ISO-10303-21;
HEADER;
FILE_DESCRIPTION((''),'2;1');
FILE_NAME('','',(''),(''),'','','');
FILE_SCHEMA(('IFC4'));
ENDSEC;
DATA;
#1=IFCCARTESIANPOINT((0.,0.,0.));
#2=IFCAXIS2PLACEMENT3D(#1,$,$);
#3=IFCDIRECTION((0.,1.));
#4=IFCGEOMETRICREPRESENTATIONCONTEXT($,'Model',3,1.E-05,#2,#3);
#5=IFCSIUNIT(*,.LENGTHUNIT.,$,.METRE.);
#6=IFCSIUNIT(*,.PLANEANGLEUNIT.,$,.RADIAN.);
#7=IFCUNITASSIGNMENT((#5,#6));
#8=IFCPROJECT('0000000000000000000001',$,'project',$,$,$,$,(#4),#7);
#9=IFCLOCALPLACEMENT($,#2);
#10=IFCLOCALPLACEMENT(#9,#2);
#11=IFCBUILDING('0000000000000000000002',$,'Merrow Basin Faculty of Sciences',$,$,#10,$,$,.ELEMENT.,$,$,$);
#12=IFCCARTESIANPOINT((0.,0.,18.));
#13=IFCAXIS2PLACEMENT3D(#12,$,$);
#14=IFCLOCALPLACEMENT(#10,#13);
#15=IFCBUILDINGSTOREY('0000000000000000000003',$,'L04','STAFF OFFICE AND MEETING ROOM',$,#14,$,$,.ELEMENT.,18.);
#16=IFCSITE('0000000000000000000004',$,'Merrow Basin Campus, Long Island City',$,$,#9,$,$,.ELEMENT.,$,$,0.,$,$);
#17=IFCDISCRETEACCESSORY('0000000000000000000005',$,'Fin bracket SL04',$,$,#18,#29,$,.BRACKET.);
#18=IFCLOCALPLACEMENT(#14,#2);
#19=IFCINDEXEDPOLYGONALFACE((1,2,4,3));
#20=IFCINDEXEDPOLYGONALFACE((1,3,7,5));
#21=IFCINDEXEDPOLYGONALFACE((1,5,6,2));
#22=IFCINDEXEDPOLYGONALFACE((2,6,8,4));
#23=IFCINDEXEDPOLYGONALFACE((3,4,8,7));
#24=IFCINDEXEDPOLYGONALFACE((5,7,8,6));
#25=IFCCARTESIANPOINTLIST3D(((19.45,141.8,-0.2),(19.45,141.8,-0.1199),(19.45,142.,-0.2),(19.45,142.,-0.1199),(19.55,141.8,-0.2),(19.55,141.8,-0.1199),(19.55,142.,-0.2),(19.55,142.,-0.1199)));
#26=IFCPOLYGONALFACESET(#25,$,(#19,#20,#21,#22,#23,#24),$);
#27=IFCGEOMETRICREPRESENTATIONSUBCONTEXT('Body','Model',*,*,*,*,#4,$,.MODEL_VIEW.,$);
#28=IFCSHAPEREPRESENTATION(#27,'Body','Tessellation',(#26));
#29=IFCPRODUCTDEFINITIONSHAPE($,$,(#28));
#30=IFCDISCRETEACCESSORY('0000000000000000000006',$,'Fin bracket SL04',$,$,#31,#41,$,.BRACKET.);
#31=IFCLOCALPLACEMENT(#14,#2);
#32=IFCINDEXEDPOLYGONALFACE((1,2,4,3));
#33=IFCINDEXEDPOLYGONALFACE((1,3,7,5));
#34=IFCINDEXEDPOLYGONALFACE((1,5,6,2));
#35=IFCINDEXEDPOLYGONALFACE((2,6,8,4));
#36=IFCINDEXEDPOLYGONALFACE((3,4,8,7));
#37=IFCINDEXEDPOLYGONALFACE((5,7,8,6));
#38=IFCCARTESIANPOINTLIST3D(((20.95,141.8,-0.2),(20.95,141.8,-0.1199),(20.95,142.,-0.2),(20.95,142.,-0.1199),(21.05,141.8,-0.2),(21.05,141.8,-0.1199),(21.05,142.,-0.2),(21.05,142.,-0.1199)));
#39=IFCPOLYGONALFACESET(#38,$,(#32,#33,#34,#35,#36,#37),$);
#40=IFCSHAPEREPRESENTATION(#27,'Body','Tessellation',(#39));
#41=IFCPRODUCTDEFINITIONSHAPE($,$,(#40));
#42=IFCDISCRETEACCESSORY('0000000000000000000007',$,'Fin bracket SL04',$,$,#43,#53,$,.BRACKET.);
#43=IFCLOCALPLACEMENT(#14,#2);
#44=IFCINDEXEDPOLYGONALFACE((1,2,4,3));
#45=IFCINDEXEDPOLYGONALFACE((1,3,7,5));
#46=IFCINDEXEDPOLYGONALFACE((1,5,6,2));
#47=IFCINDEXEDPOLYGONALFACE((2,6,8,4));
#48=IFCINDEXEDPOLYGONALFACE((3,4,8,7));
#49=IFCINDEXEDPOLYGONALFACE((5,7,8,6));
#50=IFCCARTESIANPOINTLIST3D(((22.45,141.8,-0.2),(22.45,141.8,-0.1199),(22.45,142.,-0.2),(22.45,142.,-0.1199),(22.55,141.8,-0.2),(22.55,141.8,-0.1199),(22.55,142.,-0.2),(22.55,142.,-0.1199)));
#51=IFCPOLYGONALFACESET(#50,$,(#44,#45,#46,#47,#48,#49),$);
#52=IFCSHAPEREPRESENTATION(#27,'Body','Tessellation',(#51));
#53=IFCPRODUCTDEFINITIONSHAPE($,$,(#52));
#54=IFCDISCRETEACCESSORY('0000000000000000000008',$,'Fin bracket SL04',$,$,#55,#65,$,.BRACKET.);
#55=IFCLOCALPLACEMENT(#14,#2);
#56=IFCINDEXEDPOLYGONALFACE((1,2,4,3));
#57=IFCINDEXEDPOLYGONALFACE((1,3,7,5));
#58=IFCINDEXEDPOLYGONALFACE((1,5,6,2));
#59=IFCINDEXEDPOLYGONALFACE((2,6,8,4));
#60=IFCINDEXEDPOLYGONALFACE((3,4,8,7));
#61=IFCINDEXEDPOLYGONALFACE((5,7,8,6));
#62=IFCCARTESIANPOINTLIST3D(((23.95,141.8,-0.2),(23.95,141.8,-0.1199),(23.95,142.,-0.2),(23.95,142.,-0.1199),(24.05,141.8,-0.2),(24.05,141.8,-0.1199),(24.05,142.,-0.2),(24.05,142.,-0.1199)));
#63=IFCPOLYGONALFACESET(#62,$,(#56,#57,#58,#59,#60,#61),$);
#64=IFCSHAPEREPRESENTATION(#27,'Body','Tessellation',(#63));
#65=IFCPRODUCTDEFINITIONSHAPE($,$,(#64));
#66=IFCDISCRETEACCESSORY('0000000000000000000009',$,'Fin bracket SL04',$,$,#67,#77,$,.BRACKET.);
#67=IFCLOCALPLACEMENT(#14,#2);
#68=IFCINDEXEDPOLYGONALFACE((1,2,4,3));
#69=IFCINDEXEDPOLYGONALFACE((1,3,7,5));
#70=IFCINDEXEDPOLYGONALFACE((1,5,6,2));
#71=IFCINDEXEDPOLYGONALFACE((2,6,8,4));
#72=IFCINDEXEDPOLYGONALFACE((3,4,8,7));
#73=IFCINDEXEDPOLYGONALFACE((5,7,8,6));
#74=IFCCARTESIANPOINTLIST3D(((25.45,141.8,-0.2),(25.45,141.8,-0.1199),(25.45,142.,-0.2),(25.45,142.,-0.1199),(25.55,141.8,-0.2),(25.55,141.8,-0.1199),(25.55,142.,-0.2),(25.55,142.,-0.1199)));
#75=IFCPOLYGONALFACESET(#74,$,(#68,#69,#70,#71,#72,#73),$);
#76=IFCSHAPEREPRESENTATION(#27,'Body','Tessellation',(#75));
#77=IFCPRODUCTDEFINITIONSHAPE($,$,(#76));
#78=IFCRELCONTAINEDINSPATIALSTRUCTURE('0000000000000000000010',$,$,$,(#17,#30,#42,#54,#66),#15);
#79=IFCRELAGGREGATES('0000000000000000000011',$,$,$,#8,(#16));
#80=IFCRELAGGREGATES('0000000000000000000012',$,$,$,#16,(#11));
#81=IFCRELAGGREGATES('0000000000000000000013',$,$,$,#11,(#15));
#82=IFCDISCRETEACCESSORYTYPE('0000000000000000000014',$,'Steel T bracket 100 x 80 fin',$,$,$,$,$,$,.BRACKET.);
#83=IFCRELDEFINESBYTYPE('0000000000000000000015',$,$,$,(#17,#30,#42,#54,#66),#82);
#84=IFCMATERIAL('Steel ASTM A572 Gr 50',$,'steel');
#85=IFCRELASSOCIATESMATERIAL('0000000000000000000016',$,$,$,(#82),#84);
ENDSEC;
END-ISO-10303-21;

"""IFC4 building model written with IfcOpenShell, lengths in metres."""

from ifc_helpers import new_model, si_unit, direction, frame, origin, place, context, subcontext, project, spatial, polyline, outline, extrude, source, transform, mapped, material, type_object, element, save


model = new_model("IFC4")

# Units and contexts
model_context = context("Model", 3, precision=1e-05, world=origin(), true_north=direction((0.0, 1.0)))
body_context = subcontext(model_context, "Body", "Model", "MODEL_VIEW")
ifc_project = project(units=[si_unit("LENGTHUNIT", "METRE"), si_unit("PLANEANGLEUNIT", "RADIAN")], contexts=[model_context])

# Site, building, storey
site_placement = place(None, origin())
site = spatial("IfcSite", under=ifc_project, at=site_placement, Name="Merrow Basin Campus, Long Island City", CompositionType="ELEMENT", RefElevation=0.0)
building_placement = place(site_placement, origin())
building = spatial("IfcBuilding", under=site, at=building_placement, Name="Merrow Basin Faculty of Sciences", CompositionType="ELEMENT")
storey_placement = place(building_placement, frame((0.0, 0.0, 18.0)))
storey = spatial("IfcBuildingStorey", under=building, at=storey_placement, Name="L04", Description="STAFF OFFICE AND MEETING ROOM", CompositionType="ELEMENT", Elevation=18.0)

# Discrete accessories
ifc_material_1 = material(Name="Steel ASTM A572 Gr 50", Category="steel")
discrete_accessory_type_1 = type_object("IfcDiscreteAccessoryType", Name="Steel T bracket 100 x 80 fin", PredefinedType="BRACKET", material=ifc_material_1)
shared_shape_1 = source(origin(), body_context, "Body", "SweptSolid", [
    extrude(outline(polyline([(0.0, 0.0), (0.1001, 0.0), (0.1001, 0.0801), (0.0, 0.0801), (0.0, 0.0)])), origin(), (0.0, 0.0, 1.0), 0.2),
])
for number, where, z_axis, x_axis, name in (
    (1, (19.45, 142.0, -0.2), (0.0, -1.0, 0.0), (1.0, 0.0, 0.0), "Fin bracket SL04"),
    (2, (20.95, 142.0, -0.2), (0.0, -1.0, 0.0), (1.0, 0.0, 0.0), "Fin bracket SL04"),
    (3, (22.45, 142.0, -0.2), (0.0, -1.0, 0.0), (1.0, 0.0, 0.0), "Fin bracket SL04"),
    (4, (23.95, 142.0, -0.2), (0.0, -1.0, 0.0), (1.0, 0.0, 0.0), "Fin bracket SL04"),
    (5, (25.45, 142.0, -0.2), (0.0, -1.0, 0.0), (1.0, 0.0, 0.0), "Fin bracket SL04"),
):
    element("IfcDiscreteAccessory", number, at=place(storey_placement, frame(where, z_axis=z_axis, x_axis=x_axis)), inside=storey, type_object=discrete_accessory_type_1, Name=name, PredefinedType="BRACKET", context=body_context, shape_type="MappedRepresentation", body=[
        mapped(shared_shape_1, transform((0.0, 0.0, 0.0), scale=1.0)),
    ])

save(model, "model.ifc")
